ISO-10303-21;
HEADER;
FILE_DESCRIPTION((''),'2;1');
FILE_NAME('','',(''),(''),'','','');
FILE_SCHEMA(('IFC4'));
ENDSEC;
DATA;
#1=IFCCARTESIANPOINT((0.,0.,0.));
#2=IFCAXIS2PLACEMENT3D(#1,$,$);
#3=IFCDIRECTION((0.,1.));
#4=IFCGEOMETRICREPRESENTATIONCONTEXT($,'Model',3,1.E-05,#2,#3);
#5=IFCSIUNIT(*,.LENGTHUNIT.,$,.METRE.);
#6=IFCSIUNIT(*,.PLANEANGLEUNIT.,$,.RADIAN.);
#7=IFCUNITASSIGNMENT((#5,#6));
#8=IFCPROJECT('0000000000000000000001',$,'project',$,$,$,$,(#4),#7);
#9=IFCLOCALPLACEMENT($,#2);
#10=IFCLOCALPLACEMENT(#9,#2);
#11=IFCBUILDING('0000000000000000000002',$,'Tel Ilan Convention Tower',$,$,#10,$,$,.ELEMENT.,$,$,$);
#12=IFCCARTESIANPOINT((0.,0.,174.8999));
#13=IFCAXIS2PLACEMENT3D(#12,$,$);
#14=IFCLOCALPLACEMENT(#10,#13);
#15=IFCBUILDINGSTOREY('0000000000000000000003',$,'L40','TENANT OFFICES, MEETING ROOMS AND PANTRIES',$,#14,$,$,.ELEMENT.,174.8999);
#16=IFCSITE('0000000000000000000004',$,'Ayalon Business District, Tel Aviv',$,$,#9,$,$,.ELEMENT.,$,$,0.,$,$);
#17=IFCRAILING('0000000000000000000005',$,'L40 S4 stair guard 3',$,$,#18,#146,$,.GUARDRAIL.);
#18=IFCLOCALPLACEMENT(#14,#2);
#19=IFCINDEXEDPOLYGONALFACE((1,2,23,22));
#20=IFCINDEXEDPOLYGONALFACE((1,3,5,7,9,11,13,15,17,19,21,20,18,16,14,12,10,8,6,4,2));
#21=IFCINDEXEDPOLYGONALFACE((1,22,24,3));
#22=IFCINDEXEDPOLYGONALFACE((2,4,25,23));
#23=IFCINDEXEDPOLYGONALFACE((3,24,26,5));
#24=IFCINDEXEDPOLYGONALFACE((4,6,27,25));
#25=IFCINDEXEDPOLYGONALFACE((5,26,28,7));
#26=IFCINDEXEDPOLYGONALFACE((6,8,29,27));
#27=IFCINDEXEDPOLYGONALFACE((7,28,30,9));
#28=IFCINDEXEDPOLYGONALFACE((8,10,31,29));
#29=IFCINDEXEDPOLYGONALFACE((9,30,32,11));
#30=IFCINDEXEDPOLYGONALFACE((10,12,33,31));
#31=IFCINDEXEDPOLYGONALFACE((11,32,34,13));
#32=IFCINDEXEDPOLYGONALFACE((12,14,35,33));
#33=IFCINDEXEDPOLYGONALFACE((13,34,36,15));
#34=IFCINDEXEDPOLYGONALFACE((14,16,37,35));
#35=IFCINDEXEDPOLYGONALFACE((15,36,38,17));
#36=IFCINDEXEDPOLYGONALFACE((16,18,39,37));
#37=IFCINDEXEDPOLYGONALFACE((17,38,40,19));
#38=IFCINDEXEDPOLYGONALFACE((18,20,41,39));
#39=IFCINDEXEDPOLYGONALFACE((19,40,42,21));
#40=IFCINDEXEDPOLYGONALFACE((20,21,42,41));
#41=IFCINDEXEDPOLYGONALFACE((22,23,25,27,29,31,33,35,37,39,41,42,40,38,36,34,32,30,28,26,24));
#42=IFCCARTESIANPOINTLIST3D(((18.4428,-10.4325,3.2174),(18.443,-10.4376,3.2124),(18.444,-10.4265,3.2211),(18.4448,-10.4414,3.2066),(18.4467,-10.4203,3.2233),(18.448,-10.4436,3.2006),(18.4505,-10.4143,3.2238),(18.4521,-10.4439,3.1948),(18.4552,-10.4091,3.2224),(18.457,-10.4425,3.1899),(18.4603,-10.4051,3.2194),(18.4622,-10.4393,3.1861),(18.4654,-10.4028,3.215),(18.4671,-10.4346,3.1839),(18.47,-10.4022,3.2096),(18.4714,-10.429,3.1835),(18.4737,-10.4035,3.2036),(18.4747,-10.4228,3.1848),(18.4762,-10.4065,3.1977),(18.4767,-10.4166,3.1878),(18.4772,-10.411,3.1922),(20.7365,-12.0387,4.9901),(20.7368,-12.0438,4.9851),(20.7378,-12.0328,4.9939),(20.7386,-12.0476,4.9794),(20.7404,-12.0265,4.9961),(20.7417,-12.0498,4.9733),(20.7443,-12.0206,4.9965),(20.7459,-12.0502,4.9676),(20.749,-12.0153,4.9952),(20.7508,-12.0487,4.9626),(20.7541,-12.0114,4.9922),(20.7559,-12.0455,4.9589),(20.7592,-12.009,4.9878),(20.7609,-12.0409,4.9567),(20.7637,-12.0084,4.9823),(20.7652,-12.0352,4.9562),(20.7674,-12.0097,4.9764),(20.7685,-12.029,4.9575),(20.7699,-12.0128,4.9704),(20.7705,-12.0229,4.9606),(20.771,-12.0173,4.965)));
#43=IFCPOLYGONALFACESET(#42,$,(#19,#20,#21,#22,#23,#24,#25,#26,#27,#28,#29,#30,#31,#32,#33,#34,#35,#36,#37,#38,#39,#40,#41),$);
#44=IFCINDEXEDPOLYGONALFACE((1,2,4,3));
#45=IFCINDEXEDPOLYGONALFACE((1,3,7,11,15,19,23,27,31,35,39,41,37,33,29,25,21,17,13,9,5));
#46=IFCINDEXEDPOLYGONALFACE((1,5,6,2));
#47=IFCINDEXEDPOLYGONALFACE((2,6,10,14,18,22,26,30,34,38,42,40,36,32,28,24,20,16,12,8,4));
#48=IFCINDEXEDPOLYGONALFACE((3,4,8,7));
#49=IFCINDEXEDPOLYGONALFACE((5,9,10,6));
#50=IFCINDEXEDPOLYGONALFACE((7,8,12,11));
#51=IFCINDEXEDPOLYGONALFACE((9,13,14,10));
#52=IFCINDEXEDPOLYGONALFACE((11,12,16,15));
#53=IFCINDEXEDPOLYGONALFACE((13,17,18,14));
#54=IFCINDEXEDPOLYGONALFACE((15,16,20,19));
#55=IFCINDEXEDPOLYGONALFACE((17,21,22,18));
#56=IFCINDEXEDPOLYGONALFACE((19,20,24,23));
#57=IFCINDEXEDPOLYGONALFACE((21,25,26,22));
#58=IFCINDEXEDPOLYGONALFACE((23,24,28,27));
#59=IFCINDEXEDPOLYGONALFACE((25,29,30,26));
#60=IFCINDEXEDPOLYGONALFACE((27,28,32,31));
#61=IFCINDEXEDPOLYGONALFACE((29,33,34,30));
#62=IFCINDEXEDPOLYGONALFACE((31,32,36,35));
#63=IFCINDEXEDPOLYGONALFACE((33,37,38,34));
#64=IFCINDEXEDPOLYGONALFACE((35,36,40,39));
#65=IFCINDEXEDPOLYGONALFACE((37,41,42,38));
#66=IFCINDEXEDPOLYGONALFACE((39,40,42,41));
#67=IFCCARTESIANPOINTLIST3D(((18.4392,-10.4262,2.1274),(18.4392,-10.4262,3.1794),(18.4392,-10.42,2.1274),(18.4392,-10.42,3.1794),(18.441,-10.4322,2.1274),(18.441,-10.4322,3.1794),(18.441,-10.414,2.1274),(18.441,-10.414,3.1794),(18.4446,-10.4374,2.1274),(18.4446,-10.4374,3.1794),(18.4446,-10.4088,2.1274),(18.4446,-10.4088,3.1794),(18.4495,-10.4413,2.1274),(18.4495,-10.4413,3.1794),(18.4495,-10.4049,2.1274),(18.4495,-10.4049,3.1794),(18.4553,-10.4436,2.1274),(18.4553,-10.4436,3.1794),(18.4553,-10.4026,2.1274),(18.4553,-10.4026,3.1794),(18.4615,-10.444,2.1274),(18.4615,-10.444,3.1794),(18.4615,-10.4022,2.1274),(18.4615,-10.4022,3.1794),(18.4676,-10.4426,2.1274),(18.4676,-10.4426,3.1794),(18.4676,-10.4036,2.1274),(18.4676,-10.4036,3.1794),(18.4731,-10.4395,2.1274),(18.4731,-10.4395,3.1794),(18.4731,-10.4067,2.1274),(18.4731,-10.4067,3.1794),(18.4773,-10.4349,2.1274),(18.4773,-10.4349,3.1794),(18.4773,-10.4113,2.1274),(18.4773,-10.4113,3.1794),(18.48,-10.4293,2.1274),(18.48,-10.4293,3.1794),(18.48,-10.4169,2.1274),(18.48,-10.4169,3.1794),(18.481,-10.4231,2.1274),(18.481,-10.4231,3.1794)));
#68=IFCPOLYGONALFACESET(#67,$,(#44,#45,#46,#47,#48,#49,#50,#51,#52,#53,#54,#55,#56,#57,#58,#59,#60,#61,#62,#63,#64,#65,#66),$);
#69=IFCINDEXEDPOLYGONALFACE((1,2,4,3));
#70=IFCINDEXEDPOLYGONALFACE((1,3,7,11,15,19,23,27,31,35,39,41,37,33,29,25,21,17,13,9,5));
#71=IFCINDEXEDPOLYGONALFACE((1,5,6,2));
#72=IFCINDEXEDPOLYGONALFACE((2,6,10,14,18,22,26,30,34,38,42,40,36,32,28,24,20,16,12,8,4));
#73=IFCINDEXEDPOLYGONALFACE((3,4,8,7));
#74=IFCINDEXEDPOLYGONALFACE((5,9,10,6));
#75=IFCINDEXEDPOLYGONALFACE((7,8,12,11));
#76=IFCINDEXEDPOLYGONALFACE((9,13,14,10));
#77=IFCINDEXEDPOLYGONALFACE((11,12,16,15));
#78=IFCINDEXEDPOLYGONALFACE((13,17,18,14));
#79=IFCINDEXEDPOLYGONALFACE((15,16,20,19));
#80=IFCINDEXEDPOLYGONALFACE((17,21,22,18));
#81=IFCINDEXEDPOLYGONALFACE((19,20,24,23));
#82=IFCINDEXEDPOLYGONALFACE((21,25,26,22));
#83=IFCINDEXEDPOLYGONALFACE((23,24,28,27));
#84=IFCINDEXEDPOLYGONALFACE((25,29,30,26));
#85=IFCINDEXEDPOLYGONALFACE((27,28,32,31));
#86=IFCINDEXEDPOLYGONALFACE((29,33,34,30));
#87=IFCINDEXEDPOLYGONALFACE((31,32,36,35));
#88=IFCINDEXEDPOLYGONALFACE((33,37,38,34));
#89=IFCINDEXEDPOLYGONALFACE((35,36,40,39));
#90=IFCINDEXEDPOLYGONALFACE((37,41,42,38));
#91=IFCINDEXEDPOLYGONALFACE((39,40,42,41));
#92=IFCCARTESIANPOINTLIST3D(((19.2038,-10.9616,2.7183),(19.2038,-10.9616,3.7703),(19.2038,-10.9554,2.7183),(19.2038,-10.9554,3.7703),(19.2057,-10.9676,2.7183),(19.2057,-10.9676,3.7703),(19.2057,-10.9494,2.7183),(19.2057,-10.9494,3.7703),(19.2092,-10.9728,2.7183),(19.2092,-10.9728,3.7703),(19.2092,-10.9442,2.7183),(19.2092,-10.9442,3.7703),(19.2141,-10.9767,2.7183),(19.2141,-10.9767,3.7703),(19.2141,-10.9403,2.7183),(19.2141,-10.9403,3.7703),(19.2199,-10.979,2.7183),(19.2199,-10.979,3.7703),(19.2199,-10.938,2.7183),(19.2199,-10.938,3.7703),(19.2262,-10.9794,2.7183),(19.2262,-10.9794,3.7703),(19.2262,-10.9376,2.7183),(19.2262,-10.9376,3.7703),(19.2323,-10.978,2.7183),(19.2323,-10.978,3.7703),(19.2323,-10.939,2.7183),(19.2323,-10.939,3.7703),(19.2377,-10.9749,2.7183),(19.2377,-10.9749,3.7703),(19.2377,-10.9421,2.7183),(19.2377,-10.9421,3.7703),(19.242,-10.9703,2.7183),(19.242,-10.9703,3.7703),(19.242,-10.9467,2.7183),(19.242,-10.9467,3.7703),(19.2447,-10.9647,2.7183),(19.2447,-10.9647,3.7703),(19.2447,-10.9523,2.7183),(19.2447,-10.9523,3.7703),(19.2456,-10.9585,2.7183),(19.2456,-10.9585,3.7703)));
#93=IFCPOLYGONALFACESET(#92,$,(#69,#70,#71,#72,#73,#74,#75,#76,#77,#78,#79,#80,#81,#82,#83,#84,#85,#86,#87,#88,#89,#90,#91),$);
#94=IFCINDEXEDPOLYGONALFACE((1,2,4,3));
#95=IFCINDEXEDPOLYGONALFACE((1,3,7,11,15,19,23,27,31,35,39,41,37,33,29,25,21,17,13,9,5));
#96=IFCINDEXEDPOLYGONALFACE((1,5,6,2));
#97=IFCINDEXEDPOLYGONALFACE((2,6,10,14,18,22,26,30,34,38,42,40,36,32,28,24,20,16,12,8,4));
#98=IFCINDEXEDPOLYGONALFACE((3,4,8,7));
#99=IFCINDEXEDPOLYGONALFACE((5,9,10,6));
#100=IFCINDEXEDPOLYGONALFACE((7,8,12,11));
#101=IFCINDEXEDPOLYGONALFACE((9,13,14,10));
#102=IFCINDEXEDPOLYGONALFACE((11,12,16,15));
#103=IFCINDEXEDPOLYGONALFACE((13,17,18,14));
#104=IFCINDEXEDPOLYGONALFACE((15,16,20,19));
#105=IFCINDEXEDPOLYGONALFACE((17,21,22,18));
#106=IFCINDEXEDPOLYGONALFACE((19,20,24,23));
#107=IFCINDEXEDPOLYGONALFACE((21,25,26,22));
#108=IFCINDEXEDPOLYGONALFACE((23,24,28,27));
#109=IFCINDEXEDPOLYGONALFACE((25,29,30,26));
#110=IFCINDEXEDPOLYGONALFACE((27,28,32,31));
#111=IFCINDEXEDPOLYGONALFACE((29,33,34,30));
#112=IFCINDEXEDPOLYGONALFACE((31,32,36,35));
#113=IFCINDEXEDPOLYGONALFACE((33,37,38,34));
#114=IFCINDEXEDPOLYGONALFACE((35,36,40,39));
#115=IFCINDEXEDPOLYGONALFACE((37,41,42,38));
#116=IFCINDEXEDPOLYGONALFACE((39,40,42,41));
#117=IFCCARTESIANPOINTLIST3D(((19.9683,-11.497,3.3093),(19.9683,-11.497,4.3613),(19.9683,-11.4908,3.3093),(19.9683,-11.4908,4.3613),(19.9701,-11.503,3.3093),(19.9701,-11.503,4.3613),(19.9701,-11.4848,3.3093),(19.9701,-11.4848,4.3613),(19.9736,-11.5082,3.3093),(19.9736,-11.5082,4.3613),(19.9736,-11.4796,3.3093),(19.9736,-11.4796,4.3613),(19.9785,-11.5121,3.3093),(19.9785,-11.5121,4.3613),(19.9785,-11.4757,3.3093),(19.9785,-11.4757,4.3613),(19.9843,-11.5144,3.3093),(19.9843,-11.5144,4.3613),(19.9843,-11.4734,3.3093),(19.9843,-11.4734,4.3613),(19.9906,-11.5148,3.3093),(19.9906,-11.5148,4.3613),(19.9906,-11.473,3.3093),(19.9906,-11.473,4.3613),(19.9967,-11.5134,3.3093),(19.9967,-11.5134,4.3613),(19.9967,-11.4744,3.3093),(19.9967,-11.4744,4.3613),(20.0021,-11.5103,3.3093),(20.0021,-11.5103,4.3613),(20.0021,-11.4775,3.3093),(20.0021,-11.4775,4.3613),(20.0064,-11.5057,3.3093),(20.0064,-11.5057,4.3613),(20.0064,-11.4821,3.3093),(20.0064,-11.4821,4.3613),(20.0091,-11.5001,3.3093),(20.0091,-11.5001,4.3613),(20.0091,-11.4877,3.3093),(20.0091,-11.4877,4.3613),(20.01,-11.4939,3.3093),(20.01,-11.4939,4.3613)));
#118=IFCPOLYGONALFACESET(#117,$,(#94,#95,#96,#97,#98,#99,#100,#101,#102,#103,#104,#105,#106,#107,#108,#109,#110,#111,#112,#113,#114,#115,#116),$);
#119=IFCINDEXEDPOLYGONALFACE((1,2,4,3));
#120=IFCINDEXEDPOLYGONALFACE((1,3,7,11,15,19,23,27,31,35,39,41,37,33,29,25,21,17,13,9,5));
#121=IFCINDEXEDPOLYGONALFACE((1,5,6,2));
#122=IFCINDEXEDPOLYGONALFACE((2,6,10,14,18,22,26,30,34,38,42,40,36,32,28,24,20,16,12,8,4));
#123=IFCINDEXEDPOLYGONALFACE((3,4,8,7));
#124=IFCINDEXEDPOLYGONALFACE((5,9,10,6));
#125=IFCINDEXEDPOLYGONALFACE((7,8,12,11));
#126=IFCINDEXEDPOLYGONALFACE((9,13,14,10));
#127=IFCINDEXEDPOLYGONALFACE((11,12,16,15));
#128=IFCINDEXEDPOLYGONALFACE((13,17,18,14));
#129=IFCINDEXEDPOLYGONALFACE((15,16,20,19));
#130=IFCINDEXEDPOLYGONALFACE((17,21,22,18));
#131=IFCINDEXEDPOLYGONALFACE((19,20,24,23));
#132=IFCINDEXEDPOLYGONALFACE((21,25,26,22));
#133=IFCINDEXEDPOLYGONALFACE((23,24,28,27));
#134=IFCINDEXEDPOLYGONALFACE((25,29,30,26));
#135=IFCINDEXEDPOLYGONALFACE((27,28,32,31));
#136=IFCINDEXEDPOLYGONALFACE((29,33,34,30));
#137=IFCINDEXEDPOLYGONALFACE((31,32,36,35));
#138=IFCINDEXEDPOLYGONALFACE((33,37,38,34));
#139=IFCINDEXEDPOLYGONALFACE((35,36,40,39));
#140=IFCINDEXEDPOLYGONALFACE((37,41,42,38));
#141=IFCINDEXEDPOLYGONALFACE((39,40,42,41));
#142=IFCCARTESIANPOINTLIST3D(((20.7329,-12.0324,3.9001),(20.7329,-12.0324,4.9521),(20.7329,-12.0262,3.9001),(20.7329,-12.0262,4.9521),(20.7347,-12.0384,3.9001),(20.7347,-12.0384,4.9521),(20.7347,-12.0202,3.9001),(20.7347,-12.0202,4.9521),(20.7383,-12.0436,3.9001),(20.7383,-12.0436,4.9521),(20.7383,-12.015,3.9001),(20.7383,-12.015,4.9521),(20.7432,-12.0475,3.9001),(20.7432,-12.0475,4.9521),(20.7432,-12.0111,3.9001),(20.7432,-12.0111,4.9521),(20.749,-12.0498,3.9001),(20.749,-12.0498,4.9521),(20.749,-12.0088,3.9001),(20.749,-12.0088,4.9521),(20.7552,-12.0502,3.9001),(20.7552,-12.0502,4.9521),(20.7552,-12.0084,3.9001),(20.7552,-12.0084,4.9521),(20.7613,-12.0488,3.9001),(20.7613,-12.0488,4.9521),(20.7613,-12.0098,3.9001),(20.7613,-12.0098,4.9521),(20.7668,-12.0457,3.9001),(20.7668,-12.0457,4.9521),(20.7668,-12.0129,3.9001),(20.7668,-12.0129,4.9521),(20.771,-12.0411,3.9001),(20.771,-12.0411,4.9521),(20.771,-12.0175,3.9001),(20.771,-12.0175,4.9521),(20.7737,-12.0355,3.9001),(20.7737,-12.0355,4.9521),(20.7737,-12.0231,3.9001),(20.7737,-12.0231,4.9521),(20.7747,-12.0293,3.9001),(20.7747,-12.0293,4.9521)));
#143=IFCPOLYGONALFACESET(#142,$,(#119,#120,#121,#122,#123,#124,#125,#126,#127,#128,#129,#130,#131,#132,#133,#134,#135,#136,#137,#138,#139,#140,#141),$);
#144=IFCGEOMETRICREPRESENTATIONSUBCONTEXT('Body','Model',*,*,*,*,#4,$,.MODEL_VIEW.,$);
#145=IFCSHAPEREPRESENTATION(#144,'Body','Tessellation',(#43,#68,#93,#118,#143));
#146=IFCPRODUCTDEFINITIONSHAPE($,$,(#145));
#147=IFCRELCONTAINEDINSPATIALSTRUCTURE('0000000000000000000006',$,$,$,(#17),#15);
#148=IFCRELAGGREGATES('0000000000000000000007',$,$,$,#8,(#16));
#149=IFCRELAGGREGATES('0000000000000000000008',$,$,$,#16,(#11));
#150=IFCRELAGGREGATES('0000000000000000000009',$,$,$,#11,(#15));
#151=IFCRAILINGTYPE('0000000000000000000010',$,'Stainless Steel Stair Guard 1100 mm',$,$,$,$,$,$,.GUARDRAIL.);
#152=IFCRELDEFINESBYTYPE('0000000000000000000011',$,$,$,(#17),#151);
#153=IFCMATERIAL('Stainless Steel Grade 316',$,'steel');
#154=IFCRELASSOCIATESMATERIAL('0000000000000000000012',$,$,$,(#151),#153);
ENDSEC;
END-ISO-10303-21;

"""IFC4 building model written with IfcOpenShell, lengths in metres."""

from ifc_helpers import new_model, si_unit, direction, frame, origin, origin_2d, place, context, subcontext, project, spatial, circle, extrude, material, type_object, element, save


model = new_model("IFC4")

# Units and contexts
model_context = context("Model", 3, precision=1e-05, world=origin(), true_north=direction((0.0, 1.0)))
body_context = subcontext(model_context, "Body", "Model", "MODEL_VIEW")
ifc_project = project(units=[si_unit("LENGTHUNIT", "METRE"), si_unit("PLANEANGLEUNIT", "RADIAN")], contexts=[model_context])

# Site, building, storey
site_placement = place(None, origin())
site = spatial("IfcSite", under=ifc_project, at=site_placement, Name="Ayalon Business District, Tel Aviv", CompositionType="ELEMENT", RefElevation=0.0)
building_placement = place(site_placement, origin())
building = spatial("IfcBuilding", under=site, at=building_placement, Name="Tel Ilan Convention Tower", CompositionType="ELEMENT")
storey_placement = place(building_placement, frame((0.0, 0.0, 174.8999)))
storey = spatial("IfcBuildingStorey", under=building, at=storey_placement, Name="L40", Description="TENANT OFFICES, MEETING ROOMS AND PANTRIES", CompositionType="ELEMENT", Elevation=174.8999)

# Railing
ifc_material_1 = material(Name="Stainless Steel Grade 316", Category="steel")
railing_type_1 = type_object("IfcRailingType", Name="Stainless Steel Stair Guard 1100 mm", PredefinedType="GUARDRAIL", material=ifc_material_1)
railing_1_placement = place(storey_placement, frame((18.46, -10.4231, 2.1274)))
element("IfcRailing", 1, at=railing_1_placement, inside=storey, type_object=railing_type_1, Name="L40 S4 stair guard 3", PredefinedType="GUARDRAIL", context=body_context, shape_type="SweptSolid", body=[
    extrude(circle(Radius=0.0239, at=origin_2d()), frame((0.0, 0.0, 1.0762), z_axis=(0.692098, -0.484653, 0.534894), x_axis=(0.573609, 0.81913, 0.0)), (0.0, 0.0, 1.0), 3.3142),
    extrude(circle(Radius=0.021, at=origin_2d()), origin(), (0.0, 0.0, 1.0), 1.052),
    extrude(circle(Radius=0.021, at=origin_2d()), frame((0.7646, -0.5354, 0.5908)), (0.0, 0.0, 1.0), 1.052),
    extrude(circle(Radius=0.021, at=origin_2d()), frame((1.5291, -1.0708, 1.1819)), (0.0, 0.0, 1.0), 1.052),
    extrude(circle(Radius=0.021, at=origin_2d()), frame((2.2937, -1.6062, 1.7727)), (0.0, 0.0, 1.0), 1.052),
])

save(model, "model.ifc")
